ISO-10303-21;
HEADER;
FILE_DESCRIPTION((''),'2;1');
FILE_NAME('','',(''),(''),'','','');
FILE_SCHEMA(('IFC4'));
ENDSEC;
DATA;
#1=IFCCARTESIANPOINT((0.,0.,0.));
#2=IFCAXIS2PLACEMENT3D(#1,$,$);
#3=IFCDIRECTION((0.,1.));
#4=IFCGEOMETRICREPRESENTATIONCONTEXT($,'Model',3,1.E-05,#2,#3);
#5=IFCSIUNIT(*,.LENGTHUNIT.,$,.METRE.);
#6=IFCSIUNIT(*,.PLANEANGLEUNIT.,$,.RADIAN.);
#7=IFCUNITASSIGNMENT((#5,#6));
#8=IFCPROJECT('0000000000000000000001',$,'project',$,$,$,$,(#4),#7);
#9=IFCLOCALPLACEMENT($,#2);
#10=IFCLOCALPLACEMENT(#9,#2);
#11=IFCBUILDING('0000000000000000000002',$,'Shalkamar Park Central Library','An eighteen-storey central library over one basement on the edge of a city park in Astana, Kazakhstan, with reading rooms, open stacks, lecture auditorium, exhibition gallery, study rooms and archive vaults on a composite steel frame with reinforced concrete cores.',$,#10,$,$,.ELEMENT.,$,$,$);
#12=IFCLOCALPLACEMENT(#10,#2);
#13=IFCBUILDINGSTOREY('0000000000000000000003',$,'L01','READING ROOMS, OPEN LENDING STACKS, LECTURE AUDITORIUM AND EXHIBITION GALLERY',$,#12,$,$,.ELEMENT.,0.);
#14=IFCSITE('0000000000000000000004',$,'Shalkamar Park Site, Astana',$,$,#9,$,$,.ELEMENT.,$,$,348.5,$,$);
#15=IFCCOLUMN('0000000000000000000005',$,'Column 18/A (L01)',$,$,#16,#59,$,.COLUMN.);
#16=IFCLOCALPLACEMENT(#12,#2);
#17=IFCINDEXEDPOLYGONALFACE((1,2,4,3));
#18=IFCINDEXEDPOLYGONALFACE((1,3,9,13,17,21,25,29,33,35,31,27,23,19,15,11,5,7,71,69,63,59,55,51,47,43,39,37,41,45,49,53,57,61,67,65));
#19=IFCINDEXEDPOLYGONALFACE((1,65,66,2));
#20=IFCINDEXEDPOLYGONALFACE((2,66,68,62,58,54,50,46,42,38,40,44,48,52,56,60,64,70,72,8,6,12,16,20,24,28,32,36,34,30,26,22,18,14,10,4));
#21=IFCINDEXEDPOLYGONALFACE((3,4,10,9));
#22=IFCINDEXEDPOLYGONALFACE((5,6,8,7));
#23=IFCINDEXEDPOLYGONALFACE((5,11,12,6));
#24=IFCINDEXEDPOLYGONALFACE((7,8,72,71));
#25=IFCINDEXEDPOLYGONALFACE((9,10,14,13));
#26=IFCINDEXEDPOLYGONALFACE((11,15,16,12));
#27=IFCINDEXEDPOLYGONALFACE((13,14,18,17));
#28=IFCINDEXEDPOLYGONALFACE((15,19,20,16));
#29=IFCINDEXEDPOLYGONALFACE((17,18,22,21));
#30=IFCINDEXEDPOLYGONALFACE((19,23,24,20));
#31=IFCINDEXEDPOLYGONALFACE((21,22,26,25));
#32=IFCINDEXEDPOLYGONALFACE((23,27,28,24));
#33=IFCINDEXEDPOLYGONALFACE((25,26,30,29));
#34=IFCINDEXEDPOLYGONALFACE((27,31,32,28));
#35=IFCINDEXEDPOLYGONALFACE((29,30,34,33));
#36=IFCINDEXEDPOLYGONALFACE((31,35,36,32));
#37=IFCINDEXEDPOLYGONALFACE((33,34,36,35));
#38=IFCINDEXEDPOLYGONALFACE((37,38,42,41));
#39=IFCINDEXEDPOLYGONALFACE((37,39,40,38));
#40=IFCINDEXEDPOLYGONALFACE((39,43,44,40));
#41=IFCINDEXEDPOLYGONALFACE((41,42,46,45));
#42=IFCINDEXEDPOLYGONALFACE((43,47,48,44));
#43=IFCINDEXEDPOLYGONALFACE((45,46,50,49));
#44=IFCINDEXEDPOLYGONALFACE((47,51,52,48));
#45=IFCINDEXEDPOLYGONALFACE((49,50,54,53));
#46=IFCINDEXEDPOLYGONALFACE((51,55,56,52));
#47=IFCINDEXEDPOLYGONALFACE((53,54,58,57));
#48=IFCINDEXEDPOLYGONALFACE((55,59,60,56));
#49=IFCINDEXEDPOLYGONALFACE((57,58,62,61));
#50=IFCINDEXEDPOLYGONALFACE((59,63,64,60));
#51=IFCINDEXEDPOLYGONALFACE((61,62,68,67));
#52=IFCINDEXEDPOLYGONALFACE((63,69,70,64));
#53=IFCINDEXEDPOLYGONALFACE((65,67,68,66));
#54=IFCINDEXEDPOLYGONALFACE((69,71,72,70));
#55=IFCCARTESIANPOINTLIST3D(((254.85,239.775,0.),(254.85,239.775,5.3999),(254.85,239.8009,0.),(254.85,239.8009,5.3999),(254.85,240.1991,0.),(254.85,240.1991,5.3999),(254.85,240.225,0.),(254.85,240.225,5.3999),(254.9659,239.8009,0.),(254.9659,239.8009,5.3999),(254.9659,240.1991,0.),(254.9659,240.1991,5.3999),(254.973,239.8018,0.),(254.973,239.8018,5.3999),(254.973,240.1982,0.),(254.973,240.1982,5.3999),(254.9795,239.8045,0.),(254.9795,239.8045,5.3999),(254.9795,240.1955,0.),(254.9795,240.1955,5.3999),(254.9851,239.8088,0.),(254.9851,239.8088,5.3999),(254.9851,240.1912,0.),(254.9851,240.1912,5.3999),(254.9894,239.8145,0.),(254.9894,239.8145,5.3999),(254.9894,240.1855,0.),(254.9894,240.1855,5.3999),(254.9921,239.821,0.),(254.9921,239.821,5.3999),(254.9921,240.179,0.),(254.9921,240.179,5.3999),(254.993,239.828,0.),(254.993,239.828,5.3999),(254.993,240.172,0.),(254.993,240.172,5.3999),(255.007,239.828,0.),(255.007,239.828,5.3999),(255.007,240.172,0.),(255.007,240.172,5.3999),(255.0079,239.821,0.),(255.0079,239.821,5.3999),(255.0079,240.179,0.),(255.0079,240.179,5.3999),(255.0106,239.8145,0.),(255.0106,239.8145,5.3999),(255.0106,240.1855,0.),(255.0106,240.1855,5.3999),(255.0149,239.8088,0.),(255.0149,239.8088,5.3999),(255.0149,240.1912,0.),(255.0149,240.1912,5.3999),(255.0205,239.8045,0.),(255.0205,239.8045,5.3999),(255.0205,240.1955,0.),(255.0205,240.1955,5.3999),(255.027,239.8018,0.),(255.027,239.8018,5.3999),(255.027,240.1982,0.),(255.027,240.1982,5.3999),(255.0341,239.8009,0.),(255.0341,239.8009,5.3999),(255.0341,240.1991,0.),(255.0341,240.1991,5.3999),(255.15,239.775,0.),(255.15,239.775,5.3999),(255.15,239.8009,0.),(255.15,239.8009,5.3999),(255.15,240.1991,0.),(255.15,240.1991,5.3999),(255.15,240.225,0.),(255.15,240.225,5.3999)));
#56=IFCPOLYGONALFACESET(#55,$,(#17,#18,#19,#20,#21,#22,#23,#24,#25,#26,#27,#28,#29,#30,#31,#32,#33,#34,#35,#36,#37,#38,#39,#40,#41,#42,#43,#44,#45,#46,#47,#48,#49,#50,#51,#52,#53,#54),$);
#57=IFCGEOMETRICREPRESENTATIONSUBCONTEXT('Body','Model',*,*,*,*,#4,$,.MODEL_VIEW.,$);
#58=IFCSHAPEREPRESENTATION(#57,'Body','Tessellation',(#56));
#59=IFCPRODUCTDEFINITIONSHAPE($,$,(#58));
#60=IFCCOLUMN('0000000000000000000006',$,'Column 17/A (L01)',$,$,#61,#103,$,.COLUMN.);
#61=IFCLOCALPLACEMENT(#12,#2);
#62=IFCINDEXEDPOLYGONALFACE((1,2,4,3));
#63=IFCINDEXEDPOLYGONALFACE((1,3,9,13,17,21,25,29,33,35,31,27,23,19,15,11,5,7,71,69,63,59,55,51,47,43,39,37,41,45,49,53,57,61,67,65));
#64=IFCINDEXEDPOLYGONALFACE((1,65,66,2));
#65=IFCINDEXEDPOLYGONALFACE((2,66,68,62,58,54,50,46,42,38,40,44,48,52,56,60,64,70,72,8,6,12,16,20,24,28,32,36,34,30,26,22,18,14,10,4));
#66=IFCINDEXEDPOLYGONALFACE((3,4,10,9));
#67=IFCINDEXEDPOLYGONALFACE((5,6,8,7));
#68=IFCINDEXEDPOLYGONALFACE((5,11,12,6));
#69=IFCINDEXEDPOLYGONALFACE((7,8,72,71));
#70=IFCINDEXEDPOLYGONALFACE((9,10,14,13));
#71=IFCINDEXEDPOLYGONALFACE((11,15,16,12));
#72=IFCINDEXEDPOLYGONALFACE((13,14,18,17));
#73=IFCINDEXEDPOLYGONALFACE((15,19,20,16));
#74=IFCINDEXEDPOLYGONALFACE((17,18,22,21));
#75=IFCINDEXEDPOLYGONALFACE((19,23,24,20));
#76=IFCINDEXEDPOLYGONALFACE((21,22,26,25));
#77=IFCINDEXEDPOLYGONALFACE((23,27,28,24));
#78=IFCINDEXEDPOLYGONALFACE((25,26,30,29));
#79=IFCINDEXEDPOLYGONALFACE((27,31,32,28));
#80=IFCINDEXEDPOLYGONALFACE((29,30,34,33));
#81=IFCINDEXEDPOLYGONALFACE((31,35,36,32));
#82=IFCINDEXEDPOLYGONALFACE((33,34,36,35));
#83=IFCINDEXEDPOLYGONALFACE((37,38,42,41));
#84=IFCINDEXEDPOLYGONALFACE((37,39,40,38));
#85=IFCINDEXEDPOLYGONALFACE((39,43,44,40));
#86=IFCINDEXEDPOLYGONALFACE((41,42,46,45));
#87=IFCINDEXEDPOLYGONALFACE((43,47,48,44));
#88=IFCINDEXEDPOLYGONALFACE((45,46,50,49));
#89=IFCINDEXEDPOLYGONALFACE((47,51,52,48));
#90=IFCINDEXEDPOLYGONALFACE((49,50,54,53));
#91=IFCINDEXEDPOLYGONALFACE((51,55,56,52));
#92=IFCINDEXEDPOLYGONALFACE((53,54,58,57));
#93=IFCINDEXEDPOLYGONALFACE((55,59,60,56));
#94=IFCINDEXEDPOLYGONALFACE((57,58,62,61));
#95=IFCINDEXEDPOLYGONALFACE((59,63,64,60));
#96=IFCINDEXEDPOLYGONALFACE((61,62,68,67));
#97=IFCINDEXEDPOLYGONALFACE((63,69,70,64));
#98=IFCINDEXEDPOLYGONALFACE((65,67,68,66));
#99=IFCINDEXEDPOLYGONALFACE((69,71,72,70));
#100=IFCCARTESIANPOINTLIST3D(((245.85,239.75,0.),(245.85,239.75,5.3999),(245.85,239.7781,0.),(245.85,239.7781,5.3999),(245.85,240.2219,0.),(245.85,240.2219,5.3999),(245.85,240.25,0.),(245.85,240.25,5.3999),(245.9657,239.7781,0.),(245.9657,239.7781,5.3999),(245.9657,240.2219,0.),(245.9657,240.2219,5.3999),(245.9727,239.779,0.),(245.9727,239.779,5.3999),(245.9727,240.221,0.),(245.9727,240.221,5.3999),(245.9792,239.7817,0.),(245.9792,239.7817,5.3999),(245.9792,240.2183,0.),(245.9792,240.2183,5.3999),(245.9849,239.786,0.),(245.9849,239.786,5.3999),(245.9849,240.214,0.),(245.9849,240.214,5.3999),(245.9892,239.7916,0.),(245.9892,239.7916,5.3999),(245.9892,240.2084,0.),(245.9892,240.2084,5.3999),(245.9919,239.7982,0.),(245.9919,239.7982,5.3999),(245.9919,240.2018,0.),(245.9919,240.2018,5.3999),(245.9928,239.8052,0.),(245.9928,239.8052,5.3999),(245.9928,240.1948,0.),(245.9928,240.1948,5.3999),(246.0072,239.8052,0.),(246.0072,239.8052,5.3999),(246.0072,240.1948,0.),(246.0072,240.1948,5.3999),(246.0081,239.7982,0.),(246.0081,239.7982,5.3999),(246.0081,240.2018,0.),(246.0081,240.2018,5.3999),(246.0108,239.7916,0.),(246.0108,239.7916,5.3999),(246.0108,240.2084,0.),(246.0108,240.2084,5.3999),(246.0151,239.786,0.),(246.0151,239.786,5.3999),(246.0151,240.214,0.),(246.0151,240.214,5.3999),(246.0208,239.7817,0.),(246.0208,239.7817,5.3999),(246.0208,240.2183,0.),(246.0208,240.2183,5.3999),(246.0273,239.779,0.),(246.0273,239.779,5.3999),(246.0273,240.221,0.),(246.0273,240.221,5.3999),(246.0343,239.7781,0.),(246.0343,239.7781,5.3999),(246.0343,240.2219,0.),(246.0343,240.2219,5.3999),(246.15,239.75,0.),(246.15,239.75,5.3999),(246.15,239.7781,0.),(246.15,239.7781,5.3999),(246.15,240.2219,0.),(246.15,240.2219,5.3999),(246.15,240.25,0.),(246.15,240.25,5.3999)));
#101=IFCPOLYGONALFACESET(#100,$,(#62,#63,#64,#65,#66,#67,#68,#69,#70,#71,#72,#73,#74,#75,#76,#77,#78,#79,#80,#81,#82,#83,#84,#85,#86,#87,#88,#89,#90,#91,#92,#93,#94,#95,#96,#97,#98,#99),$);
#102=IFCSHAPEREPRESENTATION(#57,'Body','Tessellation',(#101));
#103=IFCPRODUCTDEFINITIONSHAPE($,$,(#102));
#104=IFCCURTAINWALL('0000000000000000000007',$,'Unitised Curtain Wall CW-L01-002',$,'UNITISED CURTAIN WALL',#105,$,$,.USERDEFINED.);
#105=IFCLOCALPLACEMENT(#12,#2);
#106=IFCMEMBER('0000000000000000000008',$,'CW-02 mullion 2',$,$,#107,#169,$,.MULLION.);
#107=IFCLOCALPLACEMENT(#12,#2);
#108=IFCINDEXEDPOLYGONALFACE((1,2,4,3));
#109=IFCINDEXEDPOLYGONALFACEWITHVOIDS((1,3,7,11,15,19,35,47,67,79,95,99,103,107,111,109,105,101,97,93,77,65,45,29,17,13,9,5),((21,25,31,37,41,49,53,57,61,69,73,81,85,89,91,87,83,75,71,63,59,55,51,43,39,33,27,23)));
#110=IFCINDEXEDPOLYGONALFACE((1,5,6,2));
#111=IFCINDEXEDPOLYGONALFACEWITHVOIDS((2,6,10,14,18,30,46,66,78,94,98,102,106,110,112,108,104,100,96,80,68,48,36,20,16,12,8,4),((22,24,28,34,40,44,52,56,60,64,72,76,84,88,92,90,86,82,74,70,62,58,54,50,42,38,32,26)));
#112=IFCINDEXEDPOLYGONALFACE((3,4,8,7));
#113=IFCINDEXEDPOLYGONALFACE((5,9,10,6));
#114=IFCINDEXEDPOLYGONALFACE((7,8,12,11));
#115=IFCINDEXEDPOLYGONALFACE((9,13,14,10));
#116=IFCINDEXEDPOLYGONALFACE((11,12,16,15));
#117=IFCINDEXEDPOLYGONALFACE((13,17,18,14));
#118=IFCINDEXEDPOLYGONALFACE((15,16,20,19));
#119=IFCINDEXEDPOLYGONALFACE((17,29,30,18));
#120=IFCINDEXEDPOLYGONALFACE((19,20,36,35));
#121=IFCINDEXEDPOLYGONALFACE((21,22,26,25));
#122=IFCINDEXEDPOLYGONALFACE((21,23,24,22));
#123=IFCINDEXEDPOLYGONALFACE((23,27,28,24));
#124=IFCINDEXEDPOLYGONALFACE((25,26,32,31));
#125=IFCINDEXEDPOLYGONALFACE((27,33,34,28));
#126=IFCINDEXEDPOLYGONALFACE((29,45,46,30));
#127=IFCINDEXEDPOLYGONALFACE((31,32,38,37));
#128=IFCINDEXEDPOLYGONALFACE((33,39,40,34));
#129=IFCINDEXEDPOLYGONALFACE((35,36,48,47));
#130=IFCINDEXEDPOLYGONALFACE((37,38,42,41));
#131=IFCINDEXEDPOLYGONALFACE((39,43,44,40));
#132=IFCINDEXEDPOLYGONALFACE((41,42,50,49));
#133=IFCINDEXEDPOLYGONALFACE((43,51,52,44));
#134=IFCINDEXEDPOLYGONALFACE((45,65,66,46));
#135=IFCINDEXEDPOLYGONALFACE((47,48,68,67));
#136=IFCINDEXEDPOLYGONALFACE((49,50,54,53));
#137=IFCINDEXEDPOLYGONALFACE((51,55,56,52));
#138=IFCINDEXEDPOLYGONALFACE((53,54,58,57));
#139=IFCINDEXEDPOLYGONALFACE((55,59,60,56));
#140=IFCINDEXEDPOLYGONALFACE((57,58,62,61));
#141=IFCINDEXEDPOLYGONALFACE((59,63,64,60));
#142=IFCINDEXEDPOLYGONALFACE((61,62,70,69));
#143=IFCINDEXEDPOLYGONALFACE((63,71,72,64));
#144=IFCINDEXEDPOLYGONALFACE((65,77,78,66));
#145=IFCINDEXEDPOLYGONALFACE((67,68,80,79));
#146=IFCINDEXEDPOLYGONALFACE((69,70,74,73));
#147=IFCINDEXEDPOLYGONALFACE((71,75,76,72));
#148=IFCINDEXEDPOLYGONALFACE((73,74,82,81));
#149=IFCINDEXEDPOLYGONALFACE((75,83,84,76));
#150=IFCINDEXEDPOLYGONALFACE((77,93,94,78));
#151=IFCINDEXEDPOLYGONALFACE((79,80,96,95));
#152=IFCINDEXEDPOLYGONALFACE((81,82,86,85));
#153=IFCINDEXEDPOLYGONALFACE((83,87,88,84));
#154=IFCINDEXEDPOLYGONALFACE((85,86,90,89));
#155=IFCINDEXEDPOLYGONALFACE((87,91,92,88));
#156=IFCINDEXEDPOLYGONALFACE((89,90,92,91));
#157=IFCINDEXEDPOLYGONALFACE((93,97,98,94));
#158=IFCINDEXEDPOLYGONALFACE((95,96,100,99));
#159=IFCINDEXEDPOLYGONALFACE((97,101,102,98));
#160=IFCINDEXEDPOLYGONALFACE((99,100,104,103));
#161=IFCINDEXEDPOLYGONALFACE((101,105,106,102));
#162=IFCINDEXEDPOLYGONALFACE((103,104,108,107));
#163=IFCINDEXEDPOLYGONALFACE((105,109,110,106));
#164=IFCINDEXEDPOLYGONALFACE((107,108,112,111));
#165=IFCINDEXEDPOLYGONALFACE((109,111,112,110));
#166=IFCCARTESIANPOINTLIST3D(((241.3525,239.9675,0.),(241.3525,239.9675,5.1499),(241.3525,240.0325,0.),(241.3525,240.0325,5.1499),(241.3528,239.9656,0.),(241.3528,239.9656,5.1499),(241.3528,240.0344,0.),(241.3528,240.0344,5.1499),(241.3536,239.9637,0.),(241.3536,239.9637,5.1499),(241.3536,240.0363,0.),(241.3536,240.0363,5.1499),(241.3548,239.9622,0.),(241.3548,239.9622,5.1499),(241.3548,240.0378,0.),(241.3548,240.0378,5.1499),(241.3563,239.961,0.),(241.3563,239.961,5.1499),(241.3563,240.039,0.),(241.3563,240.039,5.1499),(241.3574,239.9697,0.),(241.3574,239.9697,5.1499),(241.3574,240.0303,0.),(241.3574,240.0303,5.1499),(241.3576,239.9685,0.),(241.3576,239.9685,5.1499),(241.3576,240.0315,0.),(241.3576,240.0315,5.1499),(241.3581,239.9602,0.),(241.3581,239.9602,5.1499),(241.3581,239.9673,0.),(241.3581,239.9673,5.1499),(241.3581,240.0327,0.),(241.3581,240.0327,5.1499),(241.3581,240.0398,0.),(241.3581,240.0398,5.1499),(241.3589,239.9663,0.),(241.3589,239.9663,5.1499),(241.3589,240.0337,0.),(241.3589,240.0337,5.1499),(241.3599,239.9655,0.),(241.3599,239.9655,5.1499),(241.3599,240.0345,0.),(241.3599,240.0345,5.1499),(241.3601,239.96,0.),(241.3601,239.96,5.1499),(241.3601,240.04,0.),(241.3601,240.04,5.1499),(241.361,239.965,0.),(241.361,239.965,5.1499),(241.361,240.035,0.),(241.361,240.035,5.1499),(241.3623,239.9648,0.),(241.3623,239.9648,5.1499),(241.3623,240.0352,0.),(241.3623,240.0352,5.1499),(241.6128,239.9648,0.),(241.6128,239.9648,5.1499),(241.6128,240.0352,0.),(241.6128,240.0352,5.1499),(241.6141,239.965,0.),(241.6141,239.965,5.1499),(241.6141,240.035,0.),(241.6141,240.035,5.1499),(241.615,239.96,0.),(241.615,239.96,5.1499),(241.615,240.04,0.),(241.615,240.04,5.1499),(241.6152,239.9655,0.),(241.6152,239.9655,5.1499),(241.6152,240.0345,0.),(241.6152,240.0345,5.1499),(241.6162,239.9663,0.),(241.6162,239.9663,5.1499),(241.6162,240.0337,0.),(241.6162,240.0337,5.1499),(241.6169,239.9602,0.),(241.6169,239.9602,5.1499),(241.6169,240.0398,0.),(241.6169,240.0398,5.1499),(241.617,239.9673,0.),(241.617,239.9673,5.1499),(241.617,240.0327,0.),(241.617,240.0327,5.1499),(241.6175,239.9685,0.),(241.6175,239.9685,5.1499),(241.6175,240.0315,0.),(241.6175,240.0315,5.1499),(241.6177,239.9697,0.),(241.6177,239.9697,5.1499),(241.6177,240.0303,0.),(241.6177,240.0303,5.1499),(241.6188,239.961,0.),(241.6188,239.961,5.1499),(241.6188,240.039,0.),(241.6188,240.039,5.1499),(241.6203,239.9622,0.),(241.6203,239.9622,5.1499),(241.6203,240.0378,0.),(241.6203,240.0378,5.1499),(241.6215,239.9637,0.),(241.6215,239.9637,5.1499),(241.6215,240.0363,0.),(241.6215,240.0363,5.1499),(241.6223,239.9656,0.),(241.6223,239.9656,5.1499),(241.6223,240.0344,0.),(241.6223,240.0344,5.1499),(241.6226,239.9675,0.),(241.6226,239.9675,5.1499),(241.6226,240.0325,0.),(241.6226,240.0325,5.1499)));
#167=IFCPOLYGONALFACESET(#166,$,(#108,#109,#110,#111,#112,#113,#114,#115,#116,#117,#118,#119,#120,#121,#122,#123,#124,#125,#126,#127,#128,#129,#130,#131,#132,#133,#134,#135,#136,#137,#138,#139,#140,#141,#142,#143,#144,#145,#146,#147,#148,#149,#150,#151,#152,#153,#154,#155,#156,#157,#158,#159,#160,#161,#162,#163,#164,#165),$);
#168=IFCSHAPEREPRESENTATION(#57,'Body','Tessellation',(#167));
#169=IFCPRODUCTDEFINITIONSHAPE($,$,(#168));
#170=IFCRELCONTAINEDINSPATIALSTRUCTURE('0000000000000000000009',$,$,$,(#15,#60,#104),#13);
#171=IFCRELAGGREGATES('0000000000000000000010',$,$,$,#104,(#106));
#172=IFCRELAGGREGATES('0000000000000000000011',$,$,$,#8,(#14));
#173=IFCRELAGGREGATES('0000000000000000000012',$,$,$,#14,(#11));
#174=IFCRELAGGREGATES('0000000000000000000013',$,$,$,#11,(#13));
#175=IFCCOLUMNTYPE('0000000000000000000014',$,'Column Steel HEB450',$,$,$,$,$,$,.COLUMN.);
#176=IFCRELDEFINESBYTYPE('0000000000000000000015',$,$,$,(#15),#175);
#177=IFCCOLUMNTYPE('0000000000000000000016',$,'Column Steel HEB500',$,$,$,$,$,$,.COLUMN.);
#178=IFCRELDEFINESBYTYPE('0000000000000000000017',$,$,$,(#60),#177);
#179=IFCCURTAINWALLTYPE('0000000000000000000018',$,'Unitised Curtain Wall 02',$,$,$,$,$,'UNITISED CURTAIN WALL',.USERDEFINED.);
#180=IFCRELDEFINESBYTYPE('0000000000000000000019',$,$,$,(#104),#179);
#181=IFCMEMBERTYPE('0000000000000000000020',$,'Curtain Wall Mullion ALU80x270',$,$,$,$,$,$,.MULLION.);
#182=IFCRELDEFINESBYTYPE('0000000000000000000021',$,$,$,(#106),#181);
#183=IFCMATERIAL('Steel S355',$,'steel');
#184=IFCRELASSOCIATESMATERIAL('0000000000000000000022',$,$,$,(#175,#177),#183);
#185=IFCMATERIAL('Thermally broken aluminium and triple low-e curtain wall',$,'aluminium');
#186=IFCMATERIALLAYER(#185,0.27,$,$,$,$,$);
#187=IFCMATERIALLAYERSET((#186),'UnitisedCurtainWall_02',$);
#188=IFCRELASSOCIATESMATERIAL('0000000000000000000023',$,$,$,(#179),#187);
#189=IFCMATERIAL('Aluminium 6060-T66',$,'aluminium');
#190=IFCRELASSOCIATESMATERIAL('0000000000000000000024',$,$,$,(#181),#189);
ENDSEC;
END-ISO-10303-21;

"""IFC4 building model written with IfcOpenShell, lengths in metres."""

from ifc_helpers import new_model, si_unit, direction, frame, origin, origin_2d, place, context, subcontext, project, spatial, hollow_rectangle, i_section, extrude, material, layer, layer_set, material_profile, profile_set, type_object, element, aggregate, save


model = new_model("IFC4")

# Units and contexts
model_context = context("Model", 3, precision=1e-05, world=origin(), true_north=direction((0.0, 1.0)))
body_context = subcontext(model_context, "Body", "Model", "MODEL_VIEW")
ifc_project = project(units=[si_unit("LENGTHUNIT", "METRE"), si_unit("PLANEANGLEUNIT", "RADIAN")], contexts=[model_context])

# Site, building, storey
site_placement = place(None, origin())
site = spatial("IfcSite", under=ifc_project, at=site_placement, Name="Shalkamar Park Site, Astana", CompositionType="ELEMENT", RefElevation=348.5)
building_placement = place(site_placement, origin())
building = spatial("IfcBuilding", under=site, at=building_placement, Name="Shalkamar Park Central Library", Description="An eighteen-storey central library over one basement on the edge of a city park in Astana, Kazakhstan, with reading rooms, open stacks, lecture auditorium, exhibition gallery, study rooms and archive vaults on a composite steel frame with reinforced concrete cores.", CompositionType="ELEMENT")
storey_placement = place(building_placement, origin())
storey = spatial("IfcBuildingStorey", under=building, at=storey_placement, Name="L01", Description="READING ROOMS, OPEN LENDING STACKS, LECTURE AUDITORIUM AND EXHIBITION GALLERY", CompositionType="ELEMENT", Elevation=0.0)

# Columns
ifc_material_1 = material(Name="Steel S355", Category="steel")
ifc_material_profile_1 = material_profile(ifc_material_1, i_section(OverallWidth=0.3, OverallDepth=0.45, WebThickness=0.0139, FlangeThickness=0.0259, FilletRadius=0.0271, at=origin_2d()), Name="HEB 450")
ifc_profile_set_1 = profile_set([ifc_material_profile_1], Name="Steel S355")
column_type_1 = type_object("IfcColumnType", Name="Column Steel HEB450", PredefinedType="COLUMN", material=ifc_profile_set_1)
column_1_placement = place(storey_placement, frame((255.0, 240.0, 0.0), z_axis=(0.0, 0.0, 1.0), x_axis=(1.0, 0.0, 0.0)))
element("IfcColumn", 1, at=column_1_placement, inside=storey, type_object=column_type_1, Name="Column 18/A (L01)", PredefinedType="COLUMN", context=body_context, shape_type="SweptSolid", body=[
    extrude(i_section(OverallWidth=0.3, OverallDepth=0.45, WebThickness=0.0139, FlangeThickness=0.0259, FilletRadius=0.0271, at=origin_2d()), origin(), (0.0, 0.0, 1.0), 5.3999),
])
ifc_material_profile_2 = material_profile(ifc_material_1, i_section(OverallWidth=0.3, OverallDepth=0.5, WebThickness=0.0144, FlangeThickness=0.0281, FilletRadius=0.0271, at=origin_2d()), Name="HEB 500")
ifc_profile_set_2 = profile_set([ifc_material_profile_2], Name="Steel S355")
column_type_2 = type_object("IfcColumnType", Name="Column Steel HEB500", PredefinedType="COLUMN", material=ifc_profile_set_2)
column_2_placement = place(storey_placement, frame((246.0, 240.0, 0.0), z_axis=(0.0, 0.0, 1.0), x_axis=(1.0, 0.0, 0.0)))
element("IfcColumn", 2, at=column_2_placement, inside=storey, type_object=column_type_2, Name="Column 17/A (L01)", PredefinedType="COLUMN", context=body_context, shape_type="SweptSolid", body=[
    extrude(i_section(OverallWidth=0.3, OverallDepth=0.5, WebThickness=0.0144, FlangeThickness=0.0281, FilletRadius=0.0271, at=origin_2d()), origin(), (0.0, 0.0, 1.0), 5.3999),
])

# Curtain wall, member
ifc_material_2 = material(Name="Thermally broken aluminium and triple low-e curtain wall", Category="aluminium")
ifc_layer_1 = layer(ifc_material_2, 0.27)
ifc_layer_set_1 = layer_set([ifc_layer_1], Name="UnitisedCurtainWall_02")
curtain_wall_type_1 = type_object("IfcCurtainWallType", Name="Unitised Curtain Wall 02", ElementType="UNITISED CURTAIN WALL", PredefinedType="USERDEFINED", material=ifc_layer_set_1)
curtain_wall_1_placement = place(storey_placement, origin())
curtain_wall_1 = element("IfcCurtainWall", 3, at=curtain_wall_1_placement, inside=storey, type_object=curtain_wall_type_1, Name="Unitised Curtain Wall CW-L01-002", ObjectType="UNITISED CURTAIN WALL", PredefinedType="USERDEFINED")
ifc_material_3 = material(Name="Aluminium 6060-T66", Category="aluminium")
ifc_material_profile_3 = material_profile(ifc_material_3, hollow_rectangle(XDim=0.0801, YDim=0.27, WallThickness=0.0049, InnerFilletRadius=0.0049, OuterFilletRadius=0.0076, at=origin_2d()), Name="ALU 80x270x5")
ifc_profile_set_3 = profile_set([ifc_material_profile_3], Name="Aluminium 6060-T66")
member_type_1 = type_object("IfcMemberType", Name="Curtain Wall Mullion ALU80x270", PredefinedType="MULLION", material=ifc_profile_set_3)
member_1_placement = place(storey_placement, frame((241.4875, 240.0, 0.0), z_axis=(0.0, 0.0, 1.0), x_axis=(0.0, 1.0, 0.0)))
member_1 = element("IfcMember", 4, at=member_1_placement, type_object=member_type_1, Name="CW-02 mullion 2", PredefinedType="MULLION", context=body_context, shape_type="SweptSolid", body=[
    extrude(hollow_rectangle(XDim=0.0801, YDim=0.27, WallThickness=0.0049, InnerFilletRadius=0.0049, OuterFilletRadius=0.0076, at=origin_2d()), origin(), (0.0, 0.0, 1.0), 5.1499),
])

aggregate(curtain_wall_1, [member_1])

save(model, "model.ifc")
